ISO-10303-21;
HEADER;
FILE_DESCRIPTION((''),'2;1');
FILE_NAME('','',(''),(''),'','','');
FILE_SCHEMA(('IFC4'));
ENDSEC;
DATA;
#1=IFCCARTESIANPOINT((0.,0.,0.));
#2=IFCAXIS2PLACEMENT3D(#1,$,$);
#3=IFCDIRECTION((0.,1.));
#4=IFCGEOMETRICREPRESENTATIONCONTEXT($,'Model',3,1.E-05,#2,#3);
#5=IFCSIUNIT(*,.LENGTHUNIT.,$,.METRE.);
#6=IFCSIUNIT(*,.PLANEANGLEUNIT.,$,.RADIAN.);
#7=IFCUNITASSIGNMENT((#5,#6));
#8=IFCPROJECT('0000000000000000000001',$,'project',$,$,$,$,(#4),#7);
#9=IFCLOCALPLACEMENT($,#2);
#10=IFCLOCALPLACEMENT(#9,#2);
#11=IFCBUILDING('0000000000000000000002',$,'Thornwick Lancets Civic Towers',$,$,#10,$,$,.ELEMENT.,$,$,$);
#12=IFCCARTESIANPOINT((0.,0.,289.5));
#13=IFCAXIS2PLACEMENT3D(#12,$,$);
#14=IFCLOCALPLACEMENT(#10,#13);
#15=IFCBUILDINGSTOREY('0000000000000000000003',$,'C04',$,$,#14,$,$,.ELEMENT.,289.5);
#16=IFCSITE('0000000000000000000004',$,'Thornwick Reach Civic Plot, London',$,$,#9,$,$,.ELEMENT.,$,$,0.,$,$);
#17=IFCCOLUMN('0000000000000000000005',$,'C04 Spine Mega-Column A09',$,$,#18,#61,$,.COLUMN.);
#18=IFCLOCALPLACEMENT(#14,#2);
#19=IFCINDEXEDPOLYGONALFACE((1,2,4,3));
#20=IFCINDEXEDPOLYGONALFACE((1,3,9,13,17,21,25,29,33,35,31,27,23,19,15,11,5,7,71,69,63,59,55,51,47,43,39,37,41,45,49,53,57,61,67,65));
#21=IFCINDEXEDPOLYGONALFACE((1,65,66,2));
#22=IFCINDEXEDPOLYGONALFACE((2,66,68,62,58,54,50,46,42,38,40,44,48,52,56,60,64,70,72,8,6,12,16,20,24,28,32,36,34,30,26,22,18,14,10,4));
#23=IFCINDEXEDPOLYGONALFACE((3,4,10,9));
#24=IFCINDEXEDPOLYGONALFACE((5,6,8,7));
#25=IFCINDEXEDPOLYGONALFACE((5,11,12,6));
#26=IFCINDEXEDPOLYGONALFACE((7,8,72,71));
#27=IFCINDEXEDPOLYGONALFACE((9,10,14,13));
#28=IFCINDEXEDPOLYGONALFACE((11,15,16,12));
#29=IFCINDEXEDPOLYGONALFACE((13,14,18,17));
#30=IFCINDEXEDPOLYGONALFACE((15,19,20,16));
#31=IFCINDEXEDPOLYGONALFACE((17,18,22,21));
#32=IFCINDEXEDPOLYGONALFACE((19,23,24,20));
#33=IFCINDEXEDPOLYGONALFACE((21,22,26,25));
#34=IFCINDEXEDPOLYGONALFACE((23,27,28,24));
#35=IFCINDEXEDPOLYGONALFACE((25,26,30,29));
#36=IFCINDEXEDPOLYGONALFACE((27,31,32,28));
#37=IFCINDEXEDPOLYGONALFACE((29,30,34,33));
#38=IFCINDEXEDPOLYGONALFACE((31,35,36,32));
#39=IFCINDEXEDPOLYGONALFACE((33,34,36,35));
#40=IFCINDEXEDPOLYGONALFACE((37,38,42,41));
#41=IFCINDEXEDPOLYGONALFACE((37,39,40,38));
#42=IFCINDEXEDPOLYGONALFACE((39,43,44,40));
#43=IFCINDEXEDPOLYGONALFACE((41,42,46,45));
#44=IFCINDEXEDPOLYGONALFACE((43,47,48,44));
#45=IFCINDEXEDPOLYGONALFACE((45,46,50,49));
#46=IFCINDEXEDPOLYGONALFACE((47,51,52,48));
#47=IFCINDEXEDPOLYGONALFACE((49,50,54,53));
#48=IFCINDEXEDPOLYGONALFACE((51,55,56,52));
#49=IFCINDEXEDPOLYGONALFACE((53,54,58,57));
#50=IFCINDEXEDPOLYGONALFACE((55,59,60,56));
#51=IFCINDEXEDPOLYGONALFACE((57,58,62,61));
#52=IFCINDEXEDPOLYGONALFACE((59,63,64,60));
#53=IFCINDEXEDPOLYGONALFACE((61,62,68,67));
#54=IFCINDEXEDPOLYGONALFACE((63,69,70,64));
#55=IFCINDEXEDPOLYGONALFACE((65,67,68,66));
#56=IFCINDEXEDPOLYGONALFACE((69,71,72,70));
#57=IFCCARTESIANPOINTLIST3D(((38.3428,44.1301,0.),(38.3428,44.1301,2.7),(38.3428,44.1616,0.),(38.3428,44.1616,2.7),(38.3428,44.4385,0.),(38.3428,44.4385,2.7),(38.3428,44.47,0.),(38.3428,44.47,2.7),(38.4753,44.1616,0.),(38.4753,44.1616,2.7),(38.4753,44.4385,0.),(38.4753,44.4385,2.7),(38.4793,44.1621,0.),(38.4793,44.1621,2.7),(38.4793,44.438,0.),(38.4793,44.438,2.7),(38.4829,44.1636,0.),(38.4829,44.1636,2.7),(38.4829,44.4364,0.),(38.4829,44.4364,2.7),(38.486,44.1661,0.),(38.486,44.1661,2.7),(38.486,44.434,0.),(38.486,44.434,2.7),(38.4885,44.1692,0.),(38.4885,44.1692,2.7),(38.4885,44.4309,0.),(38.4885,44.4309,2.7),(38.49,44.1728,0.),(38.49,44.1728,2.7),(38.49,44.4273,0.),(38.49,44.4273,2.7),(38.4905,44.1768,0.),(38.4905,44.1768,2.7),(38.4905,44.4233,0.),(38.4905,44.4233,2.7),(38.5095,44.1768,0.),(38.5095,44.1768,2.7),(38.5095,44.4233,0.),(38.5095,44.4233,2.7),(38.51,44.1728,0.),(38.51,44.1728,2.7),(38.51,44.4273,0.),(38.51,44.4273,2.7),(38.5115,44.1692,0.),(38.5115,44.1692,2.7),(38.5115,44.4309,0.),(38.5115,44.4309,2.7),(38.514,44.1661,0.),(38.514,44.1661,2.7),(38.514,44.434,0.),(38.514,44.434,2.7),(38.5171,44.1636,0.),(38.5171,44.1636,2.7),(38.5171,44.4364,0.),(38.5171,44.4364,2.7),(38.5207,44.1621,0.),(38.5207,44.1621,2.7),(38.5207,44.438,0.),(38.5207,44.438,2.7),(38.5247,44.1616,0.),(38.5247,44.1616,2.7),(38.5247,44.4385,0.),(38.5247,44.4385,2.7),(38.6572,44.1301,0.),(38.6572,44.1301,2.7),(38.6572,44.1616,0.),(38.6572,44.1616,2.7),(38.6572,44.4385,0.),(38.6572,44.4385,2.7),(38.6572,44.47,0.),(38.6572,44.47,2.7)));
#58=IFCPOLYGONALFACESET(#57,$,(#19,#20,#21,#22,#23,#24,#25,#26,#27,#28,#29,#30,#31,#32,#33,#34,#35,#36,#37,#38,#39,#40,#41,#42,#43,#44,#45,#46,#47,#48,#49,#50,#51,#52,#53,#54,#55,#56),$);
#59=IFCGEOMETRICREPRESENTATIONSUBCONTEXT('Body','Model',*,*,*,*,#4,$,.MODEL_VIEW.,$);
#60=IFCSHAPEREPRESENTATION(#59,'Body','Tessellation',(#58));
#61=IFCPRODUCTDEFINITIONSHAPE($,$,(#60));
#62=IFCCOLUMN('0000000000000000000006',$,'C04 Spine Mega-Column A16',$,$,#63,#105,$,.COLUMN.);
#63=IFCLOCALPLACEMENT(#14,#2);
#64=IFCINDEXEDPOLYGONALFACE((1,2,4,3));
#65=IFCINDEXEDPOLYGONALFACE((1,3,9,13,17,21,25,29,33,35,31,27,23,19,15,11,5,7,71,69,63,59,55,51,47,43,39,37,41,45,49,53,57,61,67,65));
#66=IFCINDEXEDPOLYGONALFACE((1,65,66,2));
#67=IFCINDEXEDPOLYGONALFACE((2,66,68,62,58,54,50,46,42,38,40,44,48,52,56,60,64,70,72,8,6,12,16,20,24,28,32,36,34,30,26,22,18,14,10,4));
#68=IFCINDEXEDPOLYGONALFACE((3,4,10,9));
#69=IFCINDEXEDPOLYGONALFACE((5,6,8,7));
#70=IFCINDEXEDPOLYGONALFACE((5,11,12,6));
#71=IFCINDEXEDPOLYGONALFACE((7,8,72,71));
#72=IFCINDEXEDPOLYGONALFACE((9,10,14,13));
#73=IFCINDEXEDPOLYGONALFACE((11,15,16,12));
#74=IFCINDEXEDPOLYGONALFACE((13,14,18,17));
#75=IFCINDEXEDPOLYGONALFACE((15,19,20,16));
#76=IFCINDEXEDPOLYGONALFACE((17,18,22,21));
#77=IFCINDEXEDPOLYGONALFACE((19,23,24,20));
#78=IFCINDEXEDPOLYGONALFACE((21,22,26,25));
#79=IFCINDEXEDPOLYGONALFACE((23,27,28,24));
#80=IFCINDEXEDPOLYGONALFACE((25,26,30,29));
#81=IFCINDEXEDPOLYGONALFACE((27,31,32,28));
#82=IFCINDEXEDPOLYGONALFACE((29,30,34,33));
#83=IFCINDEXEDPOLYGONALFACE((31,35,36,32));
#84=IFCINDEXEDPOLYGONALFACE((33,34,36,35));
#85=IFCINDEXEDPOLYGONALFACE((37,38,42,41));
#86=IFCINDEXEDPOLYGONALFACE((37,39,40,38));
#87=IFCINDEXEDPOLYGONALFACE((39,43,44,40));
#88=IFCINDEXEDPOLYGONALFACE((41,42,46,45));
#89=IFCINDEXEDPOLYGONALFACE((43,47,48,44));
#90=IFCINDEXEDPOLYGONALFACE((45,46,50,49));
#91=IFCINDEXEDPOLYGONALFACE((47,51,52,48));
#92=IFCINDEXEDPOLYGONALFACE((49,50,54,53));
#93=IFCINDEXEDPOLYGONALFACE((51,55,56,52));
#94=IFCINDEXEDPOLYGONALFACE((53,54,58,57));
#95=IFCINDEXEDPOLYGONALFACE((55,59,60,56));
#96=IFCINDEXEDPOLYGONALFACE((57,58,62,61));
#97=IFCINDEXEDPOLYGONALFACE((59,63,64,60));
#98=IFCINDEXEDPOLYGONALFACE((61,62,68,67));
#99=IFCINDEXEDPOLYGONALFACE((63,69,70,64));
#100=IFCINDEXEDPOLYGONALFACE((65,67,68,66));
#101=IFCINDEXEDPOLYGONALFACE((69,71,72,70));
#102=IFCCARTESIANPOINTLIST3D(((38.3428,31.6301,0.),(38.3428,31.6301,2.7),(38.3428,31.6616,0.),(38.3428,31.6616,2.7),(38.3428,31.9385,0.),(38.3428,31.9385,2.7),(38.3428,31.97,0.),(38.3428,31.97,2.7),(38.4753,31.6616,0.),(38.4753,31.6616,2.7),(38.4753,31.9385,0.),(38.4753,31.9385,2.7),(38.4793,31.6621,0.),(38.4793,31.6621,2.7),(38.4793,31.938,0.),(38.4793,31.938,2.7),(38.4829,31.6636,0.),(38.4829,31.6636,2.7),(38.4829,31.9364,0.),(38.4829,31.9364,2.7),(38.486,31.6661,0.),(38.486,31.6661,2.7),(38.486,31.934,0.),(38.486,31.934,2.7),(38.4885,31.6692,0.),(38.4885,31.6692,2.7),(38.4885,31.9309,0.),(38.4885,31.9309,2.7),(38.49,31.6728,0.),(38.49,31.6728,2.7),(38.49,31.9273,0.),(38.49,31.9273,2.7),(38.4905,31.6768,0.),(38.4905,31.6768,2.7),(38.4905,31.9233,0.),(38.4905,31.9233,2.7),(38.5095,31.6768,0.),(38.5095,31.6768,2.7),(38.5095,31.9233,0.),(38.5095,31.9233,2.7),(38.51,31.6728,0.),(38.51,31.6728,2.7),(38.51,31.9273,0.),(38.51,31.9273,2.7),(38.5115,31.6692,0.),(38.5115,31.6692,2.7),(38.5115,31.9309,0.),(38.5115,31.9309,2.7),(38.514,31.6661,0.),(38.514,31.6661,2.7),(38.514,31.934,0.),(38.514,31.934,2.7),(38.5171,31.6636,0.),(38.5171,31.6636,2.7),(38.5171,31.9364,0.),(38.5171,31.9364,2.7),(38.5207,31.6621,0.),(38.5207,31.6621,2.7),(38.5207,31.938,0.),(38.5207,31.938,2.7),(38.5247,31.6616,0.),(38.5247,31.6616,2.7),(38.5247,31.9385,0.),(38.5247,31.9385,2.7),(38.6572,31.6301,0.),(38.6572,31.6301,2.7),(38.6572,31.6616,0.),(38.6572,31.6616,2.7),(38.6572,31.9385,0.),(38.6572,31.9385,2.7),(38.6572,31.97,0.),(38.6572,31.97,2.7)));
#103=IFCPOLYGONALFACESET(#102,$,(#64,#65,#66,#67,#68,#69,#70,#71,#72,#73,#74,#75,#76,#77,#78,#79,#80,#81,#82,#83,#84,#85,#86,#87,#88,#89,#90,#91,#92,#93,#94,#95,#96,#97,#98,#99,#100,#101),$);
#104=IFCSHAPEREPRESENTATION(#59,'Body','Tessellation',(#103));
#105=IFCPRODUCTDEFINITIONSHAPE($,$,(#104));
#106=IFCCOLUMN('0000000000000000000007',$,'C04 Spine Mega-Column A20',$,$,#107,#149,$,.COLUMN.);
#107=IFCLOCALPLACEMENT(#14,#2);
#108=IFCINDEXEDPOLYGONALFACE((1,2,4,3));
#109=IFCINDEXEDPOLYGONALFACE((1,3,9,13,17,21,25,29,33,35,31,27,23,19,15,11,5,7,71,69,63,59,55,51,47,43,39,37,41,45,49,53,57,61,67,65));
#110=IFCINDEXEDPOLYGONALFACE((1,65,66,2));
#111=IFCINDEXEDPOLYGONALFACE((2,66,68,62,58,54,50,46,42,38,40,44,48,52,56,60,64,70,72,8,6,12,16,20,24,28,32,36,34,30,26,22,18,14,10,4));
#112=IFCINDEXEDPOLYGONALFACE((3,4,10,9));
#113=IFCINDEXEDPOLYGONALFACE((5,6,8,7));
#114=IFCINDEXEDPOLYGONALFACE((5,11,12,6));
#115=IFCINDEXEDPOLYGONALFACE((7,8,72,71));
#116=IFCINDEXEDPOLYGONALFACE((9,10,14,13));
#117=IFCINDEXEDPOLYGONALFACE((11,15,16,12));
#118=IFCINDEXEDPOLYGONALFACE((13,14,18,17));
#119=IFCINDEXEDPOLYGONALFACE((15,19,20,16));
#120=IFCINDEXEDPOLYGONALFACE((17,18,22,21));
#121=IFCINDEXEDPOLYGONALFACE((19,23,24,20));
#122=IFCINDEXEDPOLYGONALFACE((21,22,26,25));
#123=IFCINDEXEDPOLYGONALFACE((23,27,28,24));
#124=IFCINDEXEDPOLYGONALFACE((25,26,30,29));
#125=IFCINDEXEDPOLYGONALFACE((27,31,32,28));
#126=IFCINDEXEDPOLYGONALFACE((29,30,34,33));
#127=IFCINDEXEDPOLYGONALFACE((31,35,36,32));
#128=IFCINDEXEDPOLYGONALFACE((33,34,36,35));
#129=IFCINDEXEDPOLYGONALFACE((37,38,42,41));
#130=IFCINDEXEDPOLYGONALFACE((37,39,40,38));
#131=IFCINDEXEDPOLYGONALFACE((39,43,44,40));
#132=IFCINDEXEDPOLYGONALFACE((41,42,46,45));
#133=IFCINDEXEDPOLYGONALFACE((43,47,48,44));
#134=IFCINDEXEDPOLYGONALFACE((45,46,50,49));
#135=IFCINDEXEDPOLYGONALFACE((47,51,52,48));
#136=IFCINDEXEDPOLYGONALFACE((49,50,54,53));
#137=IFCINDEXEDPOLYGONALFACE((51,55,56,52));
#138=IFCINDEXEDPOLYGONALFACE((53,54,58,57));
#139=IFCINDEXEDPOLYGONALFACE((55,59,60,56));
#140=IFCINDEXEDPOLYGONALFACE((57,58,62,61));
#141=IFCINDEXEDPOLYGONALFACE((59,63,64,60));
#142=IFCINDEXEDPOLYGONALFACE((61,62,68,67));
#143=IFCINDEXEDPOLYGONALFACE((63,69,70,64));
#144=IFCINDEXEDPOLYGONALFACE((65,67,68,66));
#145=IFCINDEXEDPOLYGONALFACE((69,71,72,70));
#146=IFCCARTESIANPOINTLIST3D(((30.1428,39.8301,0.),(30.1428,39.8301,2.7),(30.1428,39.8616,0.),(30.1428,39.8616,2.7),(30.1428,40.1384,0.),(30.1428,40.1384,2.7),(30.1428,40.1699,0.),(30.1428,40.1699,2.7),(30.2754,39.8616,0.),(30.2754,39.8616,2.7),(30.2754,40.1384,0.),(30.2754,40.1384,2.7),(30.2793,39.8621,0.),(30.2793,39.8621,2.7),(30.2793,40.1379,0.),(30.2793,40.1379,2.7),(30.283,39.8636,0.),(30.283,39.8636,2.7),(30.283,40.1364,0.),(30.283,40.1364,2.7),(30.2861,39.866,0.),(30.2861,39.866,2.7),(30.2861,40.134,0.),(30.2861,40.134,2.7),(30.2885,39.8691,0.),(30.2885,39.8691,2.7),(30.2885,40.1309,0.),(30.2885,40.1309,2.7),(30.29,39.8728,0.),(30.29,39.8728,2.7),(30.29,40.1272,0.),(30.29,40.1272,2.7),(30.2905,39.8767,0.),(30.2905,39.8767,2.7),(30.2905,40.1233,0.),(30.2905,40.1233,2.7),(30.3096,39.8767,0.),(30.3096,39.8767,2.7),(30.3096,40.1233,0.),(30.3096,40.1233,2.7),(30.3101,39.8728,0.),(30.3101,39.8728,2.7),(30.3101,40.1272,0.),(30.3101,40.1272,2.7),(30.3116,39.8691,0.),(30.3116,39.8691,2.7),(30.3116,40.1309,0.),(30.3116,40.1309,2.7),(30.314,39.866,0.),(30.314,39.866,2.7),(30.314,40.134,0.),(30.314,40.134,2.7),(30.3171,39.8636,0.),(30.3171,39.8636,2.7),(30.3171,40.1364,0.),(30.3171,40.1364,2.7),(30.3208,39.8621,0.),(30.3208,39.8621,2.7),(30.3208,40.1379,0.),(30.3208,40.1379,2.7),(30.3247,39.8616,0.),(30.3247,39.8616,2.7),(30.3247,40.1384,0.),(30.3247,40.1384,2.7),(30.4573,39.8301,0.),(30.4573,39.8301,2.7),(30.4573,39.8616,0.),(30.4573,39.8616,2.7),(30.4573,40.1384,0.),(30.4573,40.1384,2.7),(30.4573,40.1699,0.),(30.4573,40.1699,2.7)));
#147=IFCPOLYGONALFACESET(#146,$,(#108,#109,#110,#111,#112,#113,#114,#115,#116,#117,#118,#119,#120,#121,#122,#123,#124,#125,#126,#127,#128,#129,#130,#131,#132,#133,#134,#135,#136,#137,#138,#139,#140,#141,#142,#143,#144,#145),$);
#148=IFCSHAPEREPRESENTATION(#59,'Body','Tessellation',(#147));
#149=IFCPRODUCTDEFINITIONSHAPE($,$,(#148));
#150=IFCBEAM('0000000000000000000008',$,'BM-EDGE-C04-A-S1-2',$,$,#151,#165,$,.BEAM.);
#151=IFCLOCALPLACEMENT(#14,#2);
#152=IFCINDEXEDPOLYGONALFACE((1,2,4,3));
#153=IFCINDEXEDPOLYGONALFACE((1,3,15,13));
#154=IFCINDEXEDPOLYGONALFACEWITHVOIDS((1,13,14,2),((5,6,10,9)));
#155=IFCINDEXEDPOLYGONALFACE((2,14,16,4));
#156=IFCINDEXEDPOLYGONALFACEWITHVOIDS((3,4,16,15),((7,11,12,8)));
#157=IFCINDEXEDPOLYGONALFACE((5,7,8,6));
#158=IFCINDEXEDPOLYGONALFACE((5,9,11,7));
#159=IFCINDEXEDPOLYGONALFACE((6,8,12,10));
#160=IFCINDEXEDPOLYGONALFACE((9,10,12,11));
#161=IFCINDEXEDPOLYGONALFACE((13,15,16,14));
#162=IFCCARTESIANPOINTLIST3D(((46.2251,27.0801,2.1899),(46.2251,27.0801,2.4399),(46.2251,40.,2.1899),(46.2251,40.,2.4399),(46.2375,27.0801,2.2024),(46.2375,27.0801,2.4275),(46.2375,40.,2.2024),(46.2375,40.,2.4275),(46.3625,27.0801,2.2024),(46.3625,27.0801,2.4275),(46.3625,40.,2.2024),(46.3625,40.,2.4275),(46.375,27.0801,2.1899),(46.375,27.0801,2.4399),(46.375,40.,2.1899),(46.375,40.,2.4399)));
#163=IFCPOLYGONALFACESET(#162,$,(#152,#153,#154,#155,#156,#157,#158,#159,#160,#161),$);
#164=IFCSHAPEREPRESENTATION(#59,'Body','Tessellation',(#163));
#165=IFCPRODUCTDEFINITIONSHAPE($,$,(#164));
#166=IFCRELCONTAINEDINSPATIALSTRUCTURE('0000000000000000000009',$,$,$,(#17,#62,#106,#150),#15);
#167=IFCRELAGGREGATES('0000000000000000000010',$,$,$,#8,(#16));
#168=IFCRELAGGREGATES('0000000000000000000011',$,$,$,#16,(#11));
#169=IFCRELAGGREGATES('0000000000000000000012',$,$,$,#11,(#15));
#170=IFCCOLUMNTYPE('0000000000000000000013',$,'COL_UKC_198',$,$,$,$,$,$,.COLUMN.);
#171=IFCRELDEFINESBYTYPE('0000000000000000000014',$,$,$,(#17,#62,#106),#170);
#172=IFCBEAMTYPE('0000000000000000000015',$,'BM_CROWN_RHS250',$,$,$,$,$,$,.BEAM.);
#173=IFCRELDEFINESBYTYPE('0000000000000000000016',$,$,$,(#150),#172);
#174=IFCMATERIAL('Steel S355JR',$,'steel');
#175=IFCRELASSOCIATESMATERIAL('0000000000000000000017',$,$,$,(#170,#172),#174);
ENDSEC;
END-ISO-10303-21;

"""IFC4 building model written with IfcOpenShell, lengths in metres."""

from ifc_helpers import new_model, si_unit, direction, frame, origin, origin_2d, place, context, subcontext, project, spatial, hollow_rectangle, i_section, extrude, material, material_profile, profile_set, type_object, element, save


model = new_model("IFC4")

# Units and contexts
model_context = context("Model", 3, precision=1e-05, world=origin(), true_north=direction((0.0, 1.0)))
body_context = subcontext(model_context, "Body", "Model", "MODEL_VIEW")
ifc_project = project(units=[si_unit("LENGTHUNIT", "METRE"), si_unit("PLANEANGLEUNIT", "RADIAN")], contexts=[model_context])

# Site, building, storey
site_placement = place(None, origin())
site = spatial("IfcSite", under=ifc_project, at=site_placement, Name="Thornwick Reach Civic Plot, London", CompositionType="ELEMENT", RefElevation=0.0)
building_placement = place(site_placement, origin())
building = spatial("IfcBuilding", under=site, at=building_placement, Name="Thornwick Lancets Civic Towers", CompositionType="ELEMENT")
storey_placement = place(building_placement, frame((0.0, 0.0, 289.5)))
storey = spatial("IfcBuildingStorey", under=building, at=storey_placement, Name="C04", CompositionType="ELEMENT", Elevation=289.5)

# Columns
ifc_material_1 = material(Name="Steel S355JR", Category="steel")
ifc_material_profile_1 = material_profile(ifc_material_1, i_section(OverallWidth=0.3145, OverallDepth=0.3398, WebThickness=0.019, FlangeThickness=0.0315, FilletRadius=0.0151, at=origin_2d()), Name="UKC 305x305x198")
ifc_profile_set_1 = profile_set([ifc_material_profile_1], Name="Steel S355JR")
column_type_1 = type_object("IfcColumnType", Name="COL_UKC_198", PredefinedType="COLUMN", material=ifc_profile_set_1)
for number, where, z_axis, x_axis, name in (
    (1, (38.5, 44.3, 0.0), (0.0, 0.0, 1.0), (1.0, 0.0, 0.0), "C04 Spine Mega-Column A09"),
    (2, (38.5, 31.8, 0.0), (0.0, 0.0, 1.0), (1.0, 0.0, 0.0), "C04 Spine Mega-Column A16"),
    (3, (30.3, 40.0, 0.0), (0.0, 0.0, 1.0), (1.0, 0.0, 0.0), "C04 Spine Mega-Column A20"),
):
    element("IfcColumn", number, at=place(storey_placement, frame(where, z_axis=z_axis, x_axis=x_axis)), inside=storey, type_object=column_type_1, Name=name, PredefinedType="COLUMN", context=body_context, shape_type="SweptSolid", body=[
        extrude(i_section(OverallWidth=0.3145, OverallDepth=0.3398, WebThickness=0.019, FlangeThickness=0.0315, FilletRadius=0.0151, at=origin_2d()), origin(), (0.0, 0.0, 1.0), 2.7),
    ])

# Beam
ifc_material_profile_2 = material_profile(ifc_material_1, hollow_rectangle(XDim=0.1499, YDim=0.25, WallThickness=0.0125, at=origin_2d()), Name="RHS 250x150x12.5")
ifc_profile_set_2 = profile_set([ifc_material_profile_2], Name="Steel S355JR")
beam_type_1 = type_object("IfcBeamType", Name="BM_CROWN_RHS250", PredefinedType="BEAM", material=ifc_profile_set_2)
beam_1_placement = place(storey_placement, frame((46.3, 27.0801, 2.3149), z_axis=(0.0, 1.0, 0.0), x_axis=(-1.0, 0.0, 0.0)))
element("IfcBeam", 4, at=beam_1_placement, inside=storey, type_object=beam_type_1, Name="BM-EDGE-C04-A-S1-2", PredefinedType="BEAM", context=body_context, shape_type="SweptSolid", body=[
    extrude(hollow_rectangle(XDim=0.1499, YDim=0.25, WallThickness=0.0125, at=origin_2d()), origin(), (0.0, 0.0, 1.0), 12.9199),
])

save(model, "model.ifc")
